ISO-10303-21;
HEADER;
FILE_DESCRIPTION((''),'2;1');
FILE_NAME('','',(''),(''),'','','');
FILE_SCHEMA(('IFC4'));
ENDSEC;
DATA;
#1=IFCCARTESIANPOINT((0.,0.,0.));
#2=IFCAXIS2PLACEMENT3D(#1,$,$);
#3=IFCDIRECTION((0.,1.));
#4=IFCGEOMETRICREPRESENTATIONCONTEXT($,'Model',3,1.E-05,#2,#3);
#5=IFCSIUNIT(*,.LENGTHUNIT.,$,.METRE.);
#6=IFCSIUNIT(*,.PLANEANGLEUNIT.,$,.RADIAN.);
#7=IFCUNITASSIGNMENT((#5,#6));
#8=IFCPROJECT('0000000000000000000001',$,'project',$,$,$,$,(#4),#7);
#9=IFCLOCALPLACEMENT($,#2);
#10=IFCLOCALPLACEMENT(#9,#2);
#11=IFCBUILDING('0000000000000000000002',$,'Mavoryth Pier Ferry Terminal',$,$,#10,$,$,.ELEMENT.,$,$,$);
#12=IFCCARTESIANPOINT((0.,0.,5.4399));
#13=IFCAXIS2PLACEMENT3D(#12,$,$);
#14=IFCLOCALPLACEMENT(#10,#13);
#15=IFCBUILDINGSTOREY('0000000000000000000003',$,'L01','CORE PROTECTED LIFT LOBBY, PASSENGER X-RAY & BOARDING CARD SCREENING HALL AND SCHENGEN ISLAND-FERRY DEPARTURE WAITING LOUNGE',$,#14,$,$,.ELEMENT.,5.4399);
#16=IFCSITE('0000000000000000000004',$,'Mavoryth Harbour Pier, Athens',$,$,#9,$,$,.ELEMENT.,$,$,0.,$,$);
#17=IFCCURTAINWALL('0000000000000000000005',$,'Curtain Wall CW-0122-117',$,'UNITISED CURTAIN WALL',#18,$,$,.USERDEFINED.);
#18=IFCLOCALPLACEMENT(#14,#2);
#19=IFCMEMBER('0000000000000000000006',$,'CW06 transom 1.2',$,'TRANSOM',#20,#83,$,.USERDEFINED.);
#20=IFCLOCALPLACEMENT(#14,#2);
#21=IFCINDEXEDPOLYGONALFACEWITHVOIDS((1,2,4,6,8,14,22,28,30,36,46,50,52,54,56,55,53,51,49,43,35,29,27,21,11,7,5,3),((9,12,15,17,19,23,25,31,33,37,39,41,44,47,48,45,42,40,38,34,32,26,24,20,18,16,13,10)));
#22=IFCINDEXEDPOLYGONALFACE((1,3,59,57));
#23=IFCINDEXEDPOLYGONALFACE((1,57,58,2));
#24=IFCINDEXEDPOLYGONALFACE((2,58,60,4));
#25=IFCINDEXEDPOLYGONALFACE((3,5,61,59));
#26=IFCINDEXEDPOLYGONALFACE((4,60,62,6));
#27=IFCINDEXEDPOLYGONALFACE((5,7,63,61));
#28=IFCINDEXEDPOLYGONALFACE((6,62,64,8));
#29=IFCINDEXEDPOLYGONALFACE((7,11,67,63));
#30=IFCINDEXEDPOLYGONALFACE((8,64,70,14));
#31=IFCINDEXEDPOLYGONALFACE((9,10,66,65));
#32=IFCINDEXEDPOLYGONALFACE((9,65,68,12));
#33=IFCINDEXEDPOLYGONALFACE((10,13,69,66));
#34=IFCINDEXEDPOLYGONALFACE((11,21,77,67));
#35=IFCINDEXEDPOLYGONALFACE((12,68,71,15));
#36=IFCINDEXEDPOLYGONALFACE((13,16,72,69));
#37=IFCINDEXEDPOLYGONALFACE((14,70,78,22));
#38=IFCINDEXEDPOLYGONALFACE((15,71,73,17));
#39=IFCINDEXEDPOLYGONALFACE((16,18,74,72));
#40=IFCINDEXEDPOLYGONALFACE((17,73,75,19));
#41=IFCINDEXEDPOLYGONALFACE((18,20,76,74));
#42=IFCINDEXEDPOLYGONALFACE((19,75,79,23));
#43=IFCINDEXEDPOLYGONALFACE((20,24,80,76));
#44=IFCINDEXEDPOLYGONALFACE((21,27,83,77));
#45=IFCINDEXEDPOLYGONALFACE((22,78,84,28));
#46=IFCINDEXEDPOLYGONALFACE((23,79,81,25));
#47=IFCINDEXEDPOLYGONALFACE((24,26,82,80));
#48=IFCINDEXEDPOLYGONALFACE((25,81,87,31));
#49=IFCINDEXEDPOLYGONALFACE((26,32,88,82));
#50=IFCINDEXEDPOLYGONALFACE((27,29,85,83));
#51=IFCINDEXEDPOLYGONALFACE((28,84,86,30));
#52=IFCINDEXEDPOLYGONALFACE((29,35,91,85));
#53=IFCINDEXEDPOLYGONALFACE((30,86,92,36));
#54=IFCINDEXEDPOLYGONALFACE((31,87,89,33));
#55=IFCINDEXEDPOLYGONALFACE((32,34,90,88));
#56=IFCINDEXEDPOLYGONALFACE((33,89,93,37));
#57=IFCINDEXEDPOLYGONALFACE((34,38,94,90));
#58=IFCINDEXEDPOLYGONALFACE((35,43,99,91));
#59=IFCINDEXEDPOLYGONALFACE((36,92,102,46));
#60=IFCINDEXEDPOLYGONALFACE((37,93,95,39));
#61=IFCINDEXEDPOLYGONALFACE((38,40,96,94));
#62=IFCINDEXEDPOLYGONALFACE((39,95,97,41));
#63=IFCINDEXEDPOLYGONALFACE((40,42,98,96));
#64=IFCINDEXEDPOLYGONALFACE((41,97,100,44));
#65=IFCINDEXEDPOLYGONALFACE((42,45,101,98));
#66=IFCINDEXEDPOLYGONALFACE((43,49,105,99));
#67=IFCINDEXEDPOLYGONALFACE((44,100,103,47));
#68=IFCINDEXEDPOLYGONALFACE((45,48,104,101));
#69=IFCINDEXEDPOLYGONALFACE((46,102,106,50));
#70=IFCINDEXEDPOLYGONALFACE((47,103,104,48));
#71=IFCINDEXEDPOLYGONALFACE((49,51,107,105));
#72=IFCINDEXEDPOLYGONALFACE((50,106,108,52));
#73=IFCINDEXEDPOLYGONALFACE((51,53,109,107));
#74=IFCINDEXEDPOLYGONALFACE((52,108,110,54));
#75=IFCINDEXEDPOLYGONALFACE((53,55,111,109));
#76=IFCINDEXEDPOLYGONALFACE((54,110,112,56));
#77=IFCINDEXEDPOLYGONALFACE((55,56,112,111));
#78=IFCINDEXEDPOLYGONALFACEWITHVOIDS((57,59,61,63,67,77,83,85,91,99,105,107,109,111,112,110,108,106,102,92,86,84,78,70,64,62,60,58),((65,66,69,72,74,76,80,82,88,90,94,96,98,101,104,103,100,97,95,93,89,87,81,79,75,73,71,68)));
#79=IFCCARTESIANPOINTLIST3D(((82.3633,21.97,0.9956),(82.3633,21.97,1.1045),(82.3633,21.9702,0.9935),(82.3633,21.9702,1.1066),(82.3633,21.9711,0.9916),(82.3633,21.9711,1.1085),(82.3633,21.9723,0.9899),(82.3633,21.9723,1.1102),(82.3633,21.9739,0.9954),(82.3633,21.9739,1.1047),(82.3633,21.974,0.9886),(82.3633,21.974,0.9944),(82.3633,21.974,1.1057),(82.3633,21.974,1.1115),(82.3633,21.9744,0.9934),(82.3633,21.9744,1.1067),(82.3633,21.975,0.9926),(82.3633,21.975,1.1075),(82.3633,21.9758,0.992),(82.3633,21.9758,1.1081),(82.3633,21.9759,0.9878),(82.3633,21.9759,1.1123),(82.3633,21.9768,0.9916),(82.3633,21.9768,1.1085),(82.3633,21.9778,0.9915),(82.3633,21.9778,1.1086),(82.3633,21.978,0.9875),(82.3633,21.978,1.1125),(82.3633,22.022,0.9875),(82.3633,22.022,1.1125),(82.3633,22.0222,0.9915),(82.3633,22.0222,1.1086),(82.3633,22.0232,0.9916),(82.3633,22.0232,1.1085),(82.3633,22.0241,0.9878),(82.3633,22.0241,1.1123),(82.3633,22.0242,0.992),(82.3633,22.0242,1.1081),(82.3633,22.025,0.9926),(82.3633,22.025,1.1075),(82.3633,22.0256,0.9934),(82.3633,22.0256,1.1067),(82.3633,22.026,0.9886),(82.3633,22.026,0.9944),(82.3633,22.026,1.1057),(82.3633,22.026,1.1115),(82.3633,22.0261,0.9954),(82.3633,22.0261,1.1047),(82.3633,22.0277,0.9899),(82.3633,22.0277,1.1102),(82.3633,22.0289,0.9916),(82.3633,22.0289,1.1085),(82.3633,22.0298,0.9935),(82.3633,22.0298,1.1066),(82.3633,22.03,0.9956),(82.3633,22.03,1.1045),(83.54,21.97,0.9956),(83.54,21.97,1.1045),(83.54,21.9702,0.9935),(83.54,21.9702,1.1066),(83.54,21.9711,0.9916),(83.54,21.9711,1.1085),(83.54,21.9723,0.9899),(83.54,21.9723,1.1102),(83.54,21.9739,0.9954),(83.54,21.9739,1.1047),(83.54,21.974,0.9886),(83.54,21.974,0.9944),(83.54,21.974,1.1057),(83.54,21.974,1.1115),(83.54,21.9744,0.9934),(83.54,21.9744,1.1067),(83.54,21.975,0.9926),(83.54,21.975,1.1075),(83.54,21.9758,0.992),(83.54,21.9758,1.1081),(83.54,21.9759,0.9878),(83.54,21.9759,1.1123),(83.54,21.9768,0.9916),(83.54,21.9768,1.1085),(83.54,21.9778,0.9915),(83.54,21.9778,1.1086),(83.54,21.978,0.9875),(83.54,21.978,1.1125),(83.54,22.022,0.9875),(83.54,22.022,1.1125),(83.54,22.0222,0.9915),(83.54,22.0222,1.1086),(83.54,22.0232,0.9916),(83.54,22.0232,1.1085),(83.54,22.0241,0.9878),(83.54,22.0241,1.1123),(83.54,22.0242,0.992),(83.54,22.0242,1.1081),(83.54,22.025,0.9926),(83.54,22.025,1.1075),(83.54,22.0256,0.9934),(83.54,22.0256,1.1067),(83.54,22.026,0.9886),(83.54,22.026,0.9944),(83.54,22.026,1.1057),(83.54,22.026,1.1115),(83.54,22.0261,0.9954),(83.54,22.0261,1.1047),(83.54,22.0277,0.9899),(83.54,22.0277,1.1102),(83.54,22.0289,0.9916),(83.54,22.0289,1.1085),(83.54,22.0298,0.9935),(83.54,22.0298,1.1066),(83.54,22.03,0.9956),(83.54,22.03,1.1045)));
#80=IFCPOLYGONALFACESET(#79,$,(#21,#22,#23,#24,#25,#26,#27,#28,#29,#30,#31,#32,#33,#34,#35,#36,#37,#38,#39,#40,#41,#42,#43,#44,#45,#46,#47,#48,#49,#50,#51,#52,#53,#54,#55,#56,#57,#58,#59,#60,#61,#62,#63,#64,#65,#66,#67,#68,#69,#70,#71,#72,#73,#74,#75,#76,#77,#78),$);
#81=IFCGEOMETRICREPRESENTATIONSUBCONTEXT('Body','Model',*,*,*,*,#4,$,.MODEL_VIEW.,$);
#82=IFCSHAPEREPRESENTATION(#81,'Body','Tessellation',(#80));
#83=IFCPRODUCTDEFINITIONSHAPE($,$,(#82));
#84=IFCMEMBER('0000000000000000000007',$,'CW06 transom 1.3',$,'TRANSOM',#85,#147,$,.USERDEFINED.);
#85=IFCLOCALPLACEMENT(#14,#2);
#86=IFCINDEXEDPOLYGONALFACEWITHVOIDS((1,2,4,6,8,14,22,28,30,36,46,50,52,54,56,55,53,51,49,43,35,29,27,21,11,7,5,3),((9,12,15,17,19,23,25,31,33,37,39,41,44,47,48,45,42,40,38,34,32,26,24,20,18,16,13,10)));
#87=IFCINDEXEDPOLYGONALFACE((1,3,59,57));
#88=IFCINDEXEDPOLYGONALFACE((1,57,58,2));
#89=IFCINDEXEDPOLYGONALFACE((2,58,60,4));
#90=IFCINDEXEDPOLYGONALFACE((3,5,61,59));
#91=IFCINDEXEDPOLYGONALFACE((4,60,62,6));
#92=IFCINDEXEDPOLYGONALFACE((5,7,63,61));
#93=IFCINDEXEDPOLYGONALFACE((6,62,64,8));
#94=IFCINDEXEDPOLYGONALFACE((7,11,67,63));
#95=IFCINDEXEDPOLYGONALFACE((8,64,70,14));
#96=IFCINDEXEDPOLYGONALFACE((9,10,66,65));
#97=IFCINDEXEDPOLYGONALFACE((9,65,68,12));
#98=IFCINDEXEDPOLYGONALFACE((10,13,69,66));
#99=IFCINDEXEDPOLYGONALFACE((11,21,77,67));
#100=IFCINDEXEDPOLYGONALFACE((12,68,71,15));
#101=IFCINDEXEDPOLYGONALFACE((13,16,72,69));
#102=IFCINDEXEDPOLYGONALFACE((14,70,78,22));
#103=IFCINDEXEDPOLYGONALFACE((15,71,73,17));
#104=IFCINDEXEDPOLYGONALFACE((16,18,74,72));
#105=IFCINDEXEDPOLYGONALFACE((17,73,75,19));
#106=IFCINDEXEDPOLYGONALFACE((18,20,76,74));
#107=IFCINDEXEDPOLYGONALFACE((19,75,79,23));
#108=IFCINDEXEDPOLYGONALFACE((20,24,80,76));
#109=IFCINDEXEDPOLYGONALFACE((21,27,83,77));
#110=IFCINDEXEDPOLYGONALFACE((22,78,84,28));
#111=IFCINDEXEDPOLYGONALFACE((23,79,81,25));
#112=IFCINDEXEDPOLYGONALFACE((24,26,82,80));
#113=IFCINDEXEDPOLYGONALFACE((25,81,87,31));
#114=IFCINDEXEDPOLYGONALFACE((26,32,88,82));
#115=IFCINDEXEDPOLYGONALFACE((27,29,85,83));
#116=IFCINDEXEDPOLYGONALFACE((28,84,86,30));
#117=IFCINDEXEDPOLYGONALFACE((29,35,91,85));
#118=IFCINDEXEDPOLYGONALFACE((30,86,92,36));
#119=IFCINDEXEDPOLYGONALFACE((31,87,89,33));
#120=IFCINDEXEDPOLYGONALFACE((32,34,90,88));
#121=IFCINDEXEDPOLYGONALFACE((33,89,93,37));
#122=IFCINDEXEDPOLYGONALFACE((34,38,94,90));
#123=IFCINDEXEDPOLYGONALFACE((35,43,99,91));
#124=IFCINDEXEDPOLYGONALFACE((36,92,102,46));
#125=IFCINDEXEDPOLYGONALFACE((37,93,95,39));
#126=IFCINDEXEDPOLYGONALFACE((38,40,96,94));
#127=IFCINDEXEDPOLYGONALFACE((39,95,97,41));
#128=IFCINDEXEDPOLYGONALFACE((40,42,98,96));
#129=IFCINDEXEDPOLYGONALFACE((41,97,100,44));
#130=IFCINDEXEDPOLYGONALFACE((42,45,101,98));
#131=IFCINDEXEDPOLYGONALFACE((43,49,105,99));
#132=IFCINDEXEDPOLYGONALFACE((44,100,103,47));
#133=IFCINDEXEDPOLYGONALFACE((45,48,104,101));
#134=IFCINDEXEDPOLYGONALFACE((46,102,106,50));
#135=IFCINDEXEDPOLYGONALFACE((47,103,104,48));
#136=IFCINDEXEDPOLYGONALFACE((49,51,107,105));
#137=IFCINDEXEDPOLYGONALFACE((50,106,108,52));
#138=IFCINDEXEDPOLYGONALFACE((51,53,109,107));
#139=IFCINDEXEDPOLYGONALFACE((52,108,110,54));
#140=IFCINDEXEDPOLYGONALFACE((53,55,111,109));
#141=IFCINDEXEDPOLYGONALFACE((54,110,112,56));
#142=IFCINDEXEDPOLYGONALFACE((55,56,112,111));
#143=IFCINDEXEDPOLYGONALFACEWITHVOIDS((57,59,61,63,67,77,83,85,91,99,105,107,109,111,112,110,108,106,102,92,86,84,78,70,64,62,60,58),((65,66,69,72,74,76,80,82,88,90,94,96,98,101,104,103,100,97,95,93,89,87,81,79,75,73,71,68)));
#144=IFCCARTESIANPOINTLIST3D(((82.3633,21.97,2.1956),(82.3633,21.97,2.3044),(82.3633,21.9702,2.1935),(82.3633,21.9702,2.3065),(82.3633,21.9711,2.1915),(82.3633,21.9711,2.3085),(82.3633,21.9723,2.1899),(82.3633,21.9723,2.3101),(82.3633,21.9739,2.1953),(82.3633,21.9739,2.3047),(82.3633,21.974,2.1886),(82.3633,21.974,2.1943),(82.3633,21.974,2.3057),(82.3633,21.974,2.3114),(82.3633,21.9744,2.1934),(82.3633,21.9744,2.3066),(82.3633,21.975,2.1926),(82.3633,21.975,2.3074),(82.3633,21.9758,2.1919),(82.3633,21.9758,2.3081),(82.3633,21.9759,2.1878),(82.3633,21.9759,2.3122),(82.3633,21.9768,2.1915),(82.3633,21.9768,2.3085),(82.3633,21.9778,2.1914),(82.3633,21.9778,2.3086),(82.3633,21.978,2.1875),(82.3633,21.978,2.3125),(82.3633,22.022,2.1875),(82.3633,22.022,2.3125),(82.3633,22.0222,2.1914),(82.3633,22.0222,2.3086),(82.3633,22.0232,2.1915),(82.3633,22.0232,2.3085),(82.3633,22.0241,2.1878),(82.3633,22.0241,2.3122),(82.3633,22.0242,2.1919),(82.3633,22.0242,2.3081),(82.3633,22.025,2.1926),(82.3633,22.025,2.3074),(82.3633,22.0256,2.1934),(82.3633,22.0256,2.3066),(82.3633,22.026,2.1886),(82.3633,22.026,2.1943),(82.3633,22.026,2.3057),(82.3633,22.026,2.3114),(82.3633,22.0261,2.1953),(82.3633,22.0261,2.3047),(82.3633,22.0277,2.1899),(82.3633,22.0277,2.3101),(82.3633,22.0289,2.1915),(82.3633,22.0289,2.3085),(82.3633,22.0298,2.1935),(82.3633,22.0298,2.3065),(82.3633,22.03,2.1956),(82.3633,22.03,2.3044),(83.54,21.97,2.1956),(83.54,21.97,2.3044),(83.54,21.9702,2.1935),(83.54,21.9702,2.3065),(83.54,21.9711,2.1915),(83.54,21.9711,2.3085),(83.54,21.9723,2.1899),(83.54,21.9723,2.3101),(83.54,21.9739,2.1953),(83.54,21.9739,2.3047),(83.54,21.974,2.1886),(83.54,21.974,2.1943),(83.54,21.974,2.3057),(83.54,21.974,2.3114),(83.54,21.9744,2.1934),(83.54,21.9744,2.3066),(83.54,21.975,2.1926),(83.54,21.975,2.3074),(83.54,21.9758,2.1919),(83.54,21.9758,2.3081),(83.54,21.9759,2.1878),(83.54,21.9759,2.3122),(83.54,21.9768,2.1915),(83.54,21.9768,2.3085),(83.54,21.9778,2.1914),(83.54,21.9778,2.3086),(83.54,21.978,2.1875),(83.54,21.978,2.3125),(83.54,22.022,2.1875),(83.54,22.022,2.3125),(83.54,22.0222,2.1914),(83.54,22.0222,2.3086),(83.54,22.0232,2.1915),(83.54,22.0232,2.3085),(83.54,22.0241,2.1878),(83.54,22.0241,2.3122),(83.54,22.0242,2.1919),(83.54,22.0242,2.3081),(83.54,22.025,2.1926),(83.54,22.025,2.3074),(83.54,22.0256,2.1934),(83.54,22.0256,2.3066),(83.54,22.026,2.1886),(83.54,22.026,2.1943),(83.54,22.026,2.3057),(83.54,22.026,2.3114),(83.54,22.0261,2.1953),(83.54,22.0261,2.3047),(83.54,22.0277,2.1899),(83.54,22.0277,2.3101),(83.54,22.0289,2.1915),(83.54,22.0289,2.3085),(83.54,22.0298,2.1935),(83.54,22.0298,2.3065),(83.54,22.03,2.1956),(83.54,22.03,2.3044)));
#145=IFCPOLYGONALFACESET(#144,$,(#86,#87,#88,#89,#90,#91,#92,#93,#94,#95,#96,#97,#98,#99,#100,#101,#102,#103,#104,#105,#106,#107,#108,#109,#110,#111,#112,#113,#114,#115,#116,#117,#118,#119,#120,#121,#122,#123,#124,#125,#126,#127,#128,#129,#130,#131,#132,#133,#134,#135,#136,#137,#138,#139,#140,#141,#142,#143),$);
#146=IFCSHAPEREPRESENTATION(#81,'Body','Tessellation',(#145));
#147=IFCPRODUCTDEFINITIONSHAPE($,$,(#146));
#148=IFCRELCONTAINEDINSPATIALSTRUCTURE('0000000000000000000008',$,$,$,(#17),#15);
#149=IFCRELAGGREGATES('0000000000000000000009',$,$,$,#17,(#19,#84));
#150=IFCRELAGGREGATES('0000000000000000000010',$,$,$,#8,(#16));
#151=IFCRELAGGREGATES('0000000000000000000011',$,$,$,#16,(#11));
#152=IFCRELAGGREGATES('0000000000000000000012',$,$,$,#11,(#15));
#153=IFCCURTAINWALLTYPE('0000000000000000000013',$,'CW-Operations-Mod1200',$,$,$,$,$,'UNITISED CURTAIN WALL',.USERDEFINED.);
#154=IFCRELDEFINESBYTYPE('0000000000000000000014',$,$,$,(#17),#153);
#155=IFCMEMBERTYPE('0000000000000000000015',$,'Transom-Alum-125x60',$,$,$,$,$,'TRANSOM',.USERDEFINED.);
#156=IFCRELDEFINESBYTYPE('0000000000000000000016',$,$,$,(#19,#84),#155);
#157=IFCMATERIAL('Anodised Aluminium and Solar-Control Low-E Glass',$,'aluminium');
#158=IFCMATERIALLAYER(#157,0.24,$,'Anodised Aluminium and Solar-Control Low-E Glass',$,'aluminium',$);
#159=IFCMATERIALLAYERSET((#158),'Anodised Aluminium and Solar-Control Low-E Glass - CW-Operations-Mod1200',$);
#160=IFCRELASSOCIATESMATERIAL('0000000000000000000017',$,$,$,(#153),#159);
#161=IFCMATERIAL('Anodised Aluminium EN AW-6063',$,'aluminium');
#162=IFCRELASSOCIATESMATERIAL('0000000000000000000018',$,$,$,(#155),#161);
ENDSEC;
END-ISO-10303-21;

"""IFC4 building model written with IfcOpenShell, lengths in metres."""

from ifc_helpers import new_model, si_unit, direction, frame, origin, origin_2d, place, context, subcontext, project, spatial, hollow_rectangle, extrude, material, layer, layer_set, material_profile, profile_set, type_object, element, aggregate, save


model = new_model("IFC4")

# Units and contexts
model_context = context("Model", 3, precision=1e-05, world=origin(), true_north=direction((0.0, 1.0)))
body_context = subcontext(model_context, "Body", "Model", "MODEL_VIEW")
ifc_project = project(units=[si_unit("LENGTHUNIT", "METRE"), si_unit("PLANEANGLEUNIT", "RADIAN")], contexts=[model_context])

# Site, building, storey
site_placement = place(None, origin())
site = spatial("IfcSite", under=ifc_project, at=site_placement, Name="Mavoryth Harbour Pier, Athens", CompositionType="ELEMENT", RefElevation=0.0)
building_placement = place(site_placement, origin())
building = spatial("IfcBuilding", under=site, at=building_placement, Name="Mavoryth Pier Ferry Terminal", CompositionType="ELEMENT")
storey_placement = place(building_placement, frame((0.0, 0.0, 5.4399)))
storey = spatial("IfcBuildingStorey", under=building, at=storey_placement, Name="L01", Description="CORE PROTECTED LIFT LOBBY, PASSENGER X-RAY & BOARDING CARD SCREENING HALL AND SCHENGEN ISLAND-FERRY DEPARTURE WAITING LOUNGE", CompositionType="ELEMENT", Elevation=5.4399)

# Curtain wall
ifc_material_1 = material(Name="Anodised Aluminium and Solar-Control Low-E Glass", Category="aluminium")
ifc_layer_1 = layer(ifc_material_1, 0.24, Name="Anodised Aluminium and Solar-Control Low-E Glass", Category="aluminium")
ifc_layer_set_1 = layer_set([ifc_layer_1], Name="Anodised Aluminium and Solar-Control Low-E Glass - CW-Operations-Mod1200")
curtain_wall_type = type_object("IfcCurtainWallType", Name="CW-Operations-Mod1200", ElementType="UNITISED CURTAIN WALL", PredefinedType="USERDEFINED", material=ifc_layer_set_1)
curtain_wall_1_placement = place(storey_placement, origin())
curtain_wall_1 = element("IfcCurtainWall", 1, at=curtain_wall_1_placement, inside=storey, type_object=curtain_wall_type, Name="Curtain Wall CW-0122-117", ObjectType="UNITISED CURTAIN WALL", PredefinedType="USERDEFINED")
ifc_material_2 = material(Name="Anodised Aluminium EN AW-6063", Category="aluminium")

# Members
ifc_material_profile_1 = material_profile(ifc_material_2, hollow_rectangle(XDim=0.0601, YDim=0.125, WallThickness=0.0039, InnerFilletRadius=0.0039, OuterFilletRadius=0.0081, at=origin_2d()), Name="AL-TRAN 125x60x4", Category="aluminium")
ifc_profile_set_1 = profile_set([ifc_material_profile_1], Name="Anodised Aluminium EN AW-6063 - AL-TRAN 125x60x4")
member_type_1 = type_object("IfcMemberType", Name="Transom-Alum-125x60", ElementType="TRANSOM", PredefinedType="USERDEFINED", material=ifc_profile_set_1)
member_1_placement = place(storey_placement, frame((83.54, 22.0, 1.05), z_axis=(-1.0, 0.0, 0.0), x_axis=(0.0, -1.0, 0.0)))
member_1 = element("IfcMember", 2, at=member_1_placement, type_object=member_type_1, Name="CW06 transom 1.2", ObjectType="TRANSOM", PredefinedType="USERDEFINED", context=body_context, shape_type="SweptSolid", body=[
    extrude(hollow_rectangle(XDim=0.0601, YDim=0.125, WallThickness=0.0039, InnerFilletRadius=0.0039, OuterFilletRadius=0.0081, at=origin_2d()), origin(), (0.0, 0.0, 1.0), 1.1768),
])
member_2_placement = place(storey_placement, frame((83.54, 22.0, 2.25), z_axis=(-1.0, 0.0, 0.0), x_axis=(0.0, -1.0, 0.0)))
member_2 = element("IfcMember", 3, at=member_2_placement, type_object=member_type_1, Name="CW06 transom 1.3", ObjectType="TRANSOM", PredefinedType="USERDEFINED", context=body_context, shape_type="SweptSolid", body=[
    extrude(hollow_rectangle(XDim=0.0601, YDim=0.125, WallThickness=0.0039, InnerFilletRadius=0.0039, OuterFilletRadius=0.0081, at=origin_2d()), origin(), (0.0, 0.0, 1.0), 1.1768),
])

aggregate(curtain_wall_1, [member_1, member_2])

save(model, "model.ifc")
